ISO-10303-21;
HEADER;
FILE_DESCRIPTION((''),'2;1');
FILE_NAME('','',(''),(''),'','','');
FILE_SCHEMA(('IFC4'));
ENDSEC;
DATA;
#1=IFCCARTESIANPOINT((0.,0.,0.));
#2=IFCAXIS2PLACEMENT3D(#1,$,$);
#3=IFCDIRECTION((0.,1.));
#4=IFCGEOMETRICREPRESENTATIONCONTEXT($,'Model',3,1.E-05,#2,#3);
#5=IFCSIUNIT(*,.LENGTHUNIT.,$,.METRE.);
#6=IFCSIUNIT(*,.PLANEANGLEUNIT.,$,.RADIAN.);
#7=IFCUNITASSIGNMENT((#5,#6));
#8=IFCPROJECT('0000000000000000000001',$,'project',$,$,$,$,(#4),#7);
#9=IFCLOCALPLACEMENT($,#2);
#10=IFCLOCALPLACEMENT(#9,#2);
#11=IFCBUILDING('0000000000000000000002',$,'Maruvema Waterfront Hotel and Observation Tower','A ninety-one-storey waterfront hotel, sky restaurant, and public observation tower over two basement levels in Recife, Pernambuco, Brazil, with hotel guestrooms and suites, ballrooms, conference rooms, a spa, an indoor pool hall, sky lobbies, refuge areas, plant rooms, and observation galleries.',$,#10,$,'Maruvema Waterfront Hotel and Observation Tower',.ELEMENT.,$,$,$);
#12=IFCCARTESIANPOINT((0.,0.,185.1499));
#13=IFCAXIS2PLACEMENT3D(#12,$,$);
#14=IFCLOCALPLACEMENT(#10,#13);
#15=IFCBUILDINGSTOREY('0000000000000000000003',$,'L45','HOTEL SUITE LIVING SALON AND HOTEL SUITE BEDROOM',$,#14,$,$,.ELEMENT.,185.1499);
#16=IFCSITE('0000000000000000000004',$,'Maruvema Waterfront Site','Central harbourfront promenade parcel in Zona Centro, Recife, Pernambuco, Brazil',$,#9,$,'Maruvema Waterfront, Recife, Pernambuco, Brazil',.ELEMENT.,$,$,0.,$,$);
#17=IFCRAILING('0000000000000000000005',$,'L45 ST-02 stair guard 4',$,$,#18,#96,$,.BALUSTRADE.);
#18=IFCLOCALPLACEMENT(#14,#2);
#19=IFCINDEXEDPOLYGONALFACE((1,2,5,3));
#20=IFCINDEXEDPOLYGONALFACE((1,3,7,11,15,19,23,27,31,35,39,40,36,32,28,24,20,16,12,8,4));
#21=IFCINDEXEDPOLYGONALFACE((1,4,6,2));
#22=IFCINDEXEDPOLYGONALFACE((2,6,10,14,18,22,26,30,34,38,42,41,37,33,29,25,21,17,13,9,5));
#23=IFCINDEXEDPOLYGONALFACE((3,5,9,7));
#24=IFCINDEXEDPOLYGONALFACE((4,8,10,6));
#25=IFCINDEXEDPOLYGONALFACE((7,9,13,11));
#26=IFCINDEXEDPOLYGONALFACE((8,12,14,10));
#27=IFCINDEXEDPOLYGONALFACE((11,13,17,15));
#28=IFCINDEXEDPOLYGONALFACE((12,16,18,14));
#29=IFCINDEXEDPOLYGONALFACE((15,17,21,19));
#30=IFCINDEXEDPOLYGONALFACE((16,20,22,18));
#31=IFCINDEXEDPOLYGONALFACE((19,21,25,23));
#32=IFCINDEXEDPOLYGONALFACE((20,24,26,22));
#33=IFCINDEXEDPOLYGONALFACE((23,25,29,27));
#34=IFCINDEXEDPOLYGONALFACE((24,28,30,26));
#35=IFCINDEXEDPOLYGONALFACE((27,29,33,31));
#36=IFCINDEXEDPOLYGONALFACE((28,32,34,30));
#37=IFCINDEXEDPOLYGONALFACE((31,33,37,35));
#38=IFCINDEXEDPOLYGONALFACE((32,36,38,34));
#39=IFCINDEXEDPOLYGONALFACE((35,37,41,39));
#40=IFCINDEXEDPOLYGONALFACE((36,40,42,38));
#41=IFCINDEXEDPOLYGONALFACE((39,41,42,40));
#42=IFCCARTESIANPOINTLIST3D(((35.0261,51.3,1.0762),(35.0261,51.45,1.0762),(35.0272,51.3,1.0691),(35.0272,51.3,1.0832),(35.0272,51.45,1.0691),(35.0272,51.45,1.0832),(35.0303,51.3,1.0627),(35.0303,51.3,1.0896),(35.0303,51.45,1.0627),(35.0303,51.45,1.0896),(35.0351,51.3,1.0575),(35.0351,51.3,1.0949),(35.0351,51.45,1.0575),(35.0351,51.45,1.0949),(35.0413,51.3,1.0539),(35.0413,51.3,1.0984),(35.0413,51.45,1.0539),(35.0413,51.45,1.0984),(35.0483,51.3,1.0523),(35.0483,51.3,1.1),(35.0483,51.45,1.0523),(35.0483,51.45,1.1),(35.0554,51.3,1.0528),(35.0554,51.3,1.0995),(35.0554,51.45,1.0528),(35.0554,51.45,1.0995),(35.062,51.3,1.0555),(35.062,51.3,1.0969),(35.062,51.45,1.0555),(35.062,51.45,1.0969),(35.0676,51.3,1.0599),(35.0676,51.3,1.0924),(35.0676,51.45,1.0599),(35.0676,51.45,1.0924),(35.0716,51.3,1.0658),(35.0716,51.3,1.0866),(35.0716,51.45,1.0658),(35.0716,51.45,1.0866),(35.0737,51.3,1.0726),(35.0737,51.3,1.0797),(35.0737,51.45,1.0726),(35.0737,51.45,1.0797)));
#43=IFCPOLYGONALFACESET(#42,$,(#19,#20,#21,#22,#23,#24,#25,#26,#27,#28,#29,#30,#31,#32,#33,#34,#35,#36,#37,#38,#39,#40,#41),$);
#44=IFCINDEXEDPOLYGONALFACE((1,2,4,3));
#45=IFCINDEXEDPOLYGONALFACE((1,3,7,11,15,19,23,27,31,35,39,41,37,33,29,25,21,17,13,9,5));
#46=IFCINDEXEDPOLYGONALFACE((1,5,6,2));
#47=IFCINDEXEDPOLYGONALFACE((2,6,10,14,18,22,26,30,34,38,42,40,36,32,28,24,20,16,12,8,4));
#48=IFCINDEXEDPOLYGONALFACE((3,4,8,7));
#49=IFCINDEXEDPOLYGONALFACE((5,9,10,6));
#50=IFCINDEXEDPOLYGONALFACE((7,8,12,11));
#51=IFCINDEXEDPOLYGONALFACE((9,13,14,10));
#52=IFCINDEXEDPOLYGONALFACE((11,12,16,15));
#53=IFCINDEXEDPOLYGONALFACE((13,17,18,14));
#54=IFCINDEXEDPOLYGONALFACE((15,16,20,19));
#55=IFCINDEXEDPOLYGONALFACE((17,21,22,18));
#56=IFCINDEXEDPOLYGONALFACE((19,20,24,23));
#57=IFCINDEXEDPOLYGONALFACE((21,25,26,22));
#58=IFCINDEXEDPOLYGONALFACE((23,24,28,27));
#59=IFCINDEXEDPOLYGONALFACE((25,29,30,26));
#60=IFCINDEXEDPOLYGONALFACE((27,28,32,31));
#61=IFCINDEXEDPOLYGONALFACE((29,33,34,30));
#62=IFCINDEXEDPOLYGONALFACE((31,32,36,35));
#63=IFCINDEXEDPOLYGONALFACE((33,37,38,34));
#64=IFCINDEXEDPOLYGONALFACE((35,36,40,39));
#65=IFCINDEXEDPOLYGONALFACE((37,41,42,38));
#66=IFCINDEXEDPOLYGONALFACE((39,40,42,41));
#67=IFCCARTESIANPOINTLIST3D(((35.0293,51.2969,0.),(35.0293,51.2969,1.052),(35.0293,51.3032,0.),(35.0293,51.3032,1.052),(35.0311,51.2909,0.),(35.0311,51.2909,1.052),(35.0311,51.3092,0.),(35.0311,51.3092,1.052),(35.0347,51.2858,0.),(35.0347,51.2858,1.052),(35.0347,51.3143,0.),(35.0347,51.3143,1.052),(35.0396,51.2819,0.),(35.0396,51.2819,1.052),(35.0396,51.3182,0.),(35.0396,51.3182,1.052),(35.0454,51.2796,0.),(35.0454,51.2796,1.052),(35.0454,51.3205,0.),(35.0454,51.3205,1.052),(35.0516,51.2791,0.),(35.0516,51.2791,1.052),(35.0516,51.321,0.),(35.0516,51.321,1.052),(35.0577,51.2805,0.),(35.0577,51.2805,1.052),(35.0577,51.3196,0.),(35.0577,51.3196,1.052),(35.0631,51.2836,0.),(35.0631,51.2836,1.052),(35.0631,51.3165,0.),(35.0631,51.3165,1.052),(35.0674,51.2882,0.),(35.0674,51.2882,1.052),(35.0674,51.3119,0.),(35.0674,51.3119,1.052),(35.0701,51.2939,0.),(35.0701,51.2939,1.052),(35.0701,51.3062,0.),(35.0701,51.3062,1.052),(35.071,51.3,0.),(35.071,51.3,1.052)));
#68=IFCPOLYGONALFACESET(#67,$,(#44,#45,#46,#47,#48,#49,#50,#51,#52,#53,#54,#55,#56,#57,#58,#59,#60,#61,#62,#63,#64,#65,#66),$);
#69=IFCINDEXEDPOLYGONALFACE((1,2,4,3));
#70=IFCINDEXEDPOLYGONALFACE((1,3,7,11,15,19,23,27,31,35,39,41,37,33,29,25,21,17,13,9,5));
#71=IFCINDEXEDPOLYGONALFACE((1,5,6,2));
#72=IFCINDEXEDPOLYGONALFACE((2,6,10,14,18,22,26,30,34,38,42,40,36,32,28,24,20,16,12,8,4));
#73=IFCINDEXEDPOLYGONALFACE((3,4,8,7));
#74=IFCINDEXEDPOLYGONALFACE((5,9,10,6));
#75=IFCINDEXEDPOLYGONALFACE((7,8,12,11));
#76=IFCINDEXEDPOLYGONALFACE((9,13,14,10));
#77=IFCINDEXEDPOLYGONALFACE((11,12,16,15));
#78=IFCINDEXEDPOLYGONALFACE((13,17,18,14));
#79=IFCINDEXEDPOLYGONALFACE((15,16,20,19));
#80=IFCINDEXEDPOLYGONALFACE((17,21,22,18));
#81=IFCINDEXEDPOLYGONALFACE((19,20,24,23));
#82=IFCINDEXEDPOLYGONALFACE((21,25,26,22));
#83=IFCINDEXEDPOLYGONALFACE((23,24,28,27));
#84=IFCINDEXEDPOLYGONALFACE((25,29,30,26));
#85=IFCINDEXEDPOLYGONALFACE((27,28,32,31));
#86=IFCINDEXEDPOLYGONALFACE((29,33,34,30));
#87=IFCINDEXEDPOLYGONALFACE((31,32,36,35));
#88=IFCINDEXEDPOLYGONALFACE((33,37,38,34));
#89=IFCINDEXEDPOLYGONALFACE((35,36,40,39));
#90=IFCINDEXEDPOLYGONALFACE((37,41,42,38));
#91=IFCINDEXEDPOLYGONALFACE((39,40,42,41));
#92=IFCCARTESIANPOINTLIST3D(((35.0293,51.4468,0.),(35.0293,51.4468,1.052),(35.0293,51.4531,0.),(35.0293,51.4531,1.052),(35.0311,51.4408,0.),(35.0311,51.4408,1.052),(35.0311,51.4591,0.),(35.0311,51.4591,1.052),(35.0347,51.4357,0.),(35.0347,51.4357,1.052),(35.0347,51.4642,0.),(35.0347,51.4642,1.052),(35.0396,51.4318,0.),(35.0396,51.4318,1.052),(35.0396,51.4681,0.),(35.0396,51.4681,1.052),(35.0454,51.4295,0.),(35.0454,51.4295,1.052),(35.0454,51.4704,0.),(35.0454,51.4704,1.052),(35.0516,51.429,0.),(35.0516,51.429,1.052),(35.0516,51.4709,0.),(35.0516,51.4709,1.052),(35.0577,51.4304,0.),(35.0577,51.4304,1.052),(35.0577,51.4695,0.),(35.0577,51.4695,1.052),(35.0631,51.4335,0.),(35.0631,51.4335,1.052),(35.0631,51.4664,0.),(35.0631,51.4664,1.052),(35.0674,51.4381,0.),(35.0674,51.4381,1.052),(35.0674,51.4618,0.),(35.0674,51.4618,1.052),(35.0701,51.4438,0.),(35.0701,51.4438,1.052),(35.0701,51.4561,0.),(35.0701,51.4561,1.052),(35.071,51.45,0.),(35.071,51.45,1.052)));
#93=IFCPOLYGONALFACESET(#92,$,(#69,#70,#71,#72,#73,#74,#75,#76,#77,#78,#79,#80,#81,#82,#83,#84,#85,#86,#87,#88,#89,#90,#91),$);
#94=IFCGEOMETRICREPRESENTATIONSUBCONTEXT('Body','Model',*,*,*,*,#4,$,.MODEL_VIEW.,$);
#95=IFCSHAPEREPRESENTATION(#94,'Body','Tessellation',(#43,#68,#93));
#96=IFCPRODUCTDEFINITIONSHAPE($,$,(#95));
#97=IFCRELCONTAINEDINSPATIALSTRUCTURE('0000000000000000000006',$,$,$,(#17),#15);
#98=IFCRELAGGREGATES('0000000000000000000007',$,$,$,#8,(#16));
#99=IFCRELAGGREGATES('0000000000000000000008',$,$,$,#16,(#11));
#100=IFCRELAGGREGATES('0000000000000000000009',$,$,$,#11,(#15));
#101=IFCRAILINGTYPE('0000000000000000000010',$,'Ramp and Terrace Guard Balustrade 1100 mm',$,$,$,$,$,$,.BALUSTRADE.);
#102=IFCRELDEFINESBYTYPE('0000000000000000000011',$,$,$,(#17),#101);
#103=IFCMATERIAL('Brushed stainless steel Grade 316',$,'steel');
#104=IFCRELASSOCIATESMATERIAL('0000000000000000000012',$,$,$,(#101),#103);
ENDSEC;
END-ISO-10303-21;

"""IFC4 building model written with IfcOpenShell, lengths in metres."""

from ifc_helpers import new_model, si_unit, direction, frame, origin, origin_2d, place, context, subcontext, project, spatial, circle, extrude, material, type_object, element, save


model = new_model("IFC4")

# Units and contexts
model_context = context("Model", 3, precision=1e-05, world=origin(), true_north=direction((0.0, 1.0)))
body_context = subcontext(model_context, "Body", "Model", "MODEL_VIEW")
ifc_project = project(units=[si_unit("LENGTHUNIT", "METRE"), si_unit("PLANEANGLEUNIT", "RADIAN")], contexts=[model_context])

# Site, building, storey
site_placement = place(None, origin())
site = spatial("IfcSite", under=ifc_project, at=site_placement, Name="Maruvema Waterfront Site", Description="Central harbourfront promenade parcel in Zona Centro, Recife, Pernambuco, Brazil", LongName="Maruvema Waterfront, Recife, Pernambuco, Brazil", CompositionType="ELEMENT", RefElevation=0.0)
building_placement = place(site_placement, origin())
building = spatial("IfcBuilding", under=site, at=building_placement, Name="Maruvema Waterfront Hotel and Observation Tower", Description="A ninety-one-storey waterfront hotel, sky restaurant, and public observation tower over two basement levels in Recife, Pernambuco, Brazil, with hotel guestrooms and suites, ballrooms, conference rooms, a spa, an indoor pool hall, sky lobbies, refuge areas, plant rooms, and observation galleries.", LongName="Maruvema Waterfront Hotel and Observation Tower", CompositionType="ELEMENT")
storey_placement = place(building_placement, frame((0.0, 0.0, 185.1499)))
storey = spatial("IfcBuildingStorey", under=building, at=storey_placement, Name="L45", Description="HOTEL SUITE LIVING SALON AND HOTEL SUITE BEDROOM", CompositionType="ELEMENT", Elevation=185.1499)

# Railing
ifc_material_1 = material(Name="Brushed stainless steel Grade 316", Category="steel")
railing_type_1 = type_object("IfcRailingType", Name="Ramp and Terrace Guard Balustrade 1100 mm", PredefinedType="BALUSTRADE", material=ifc_material_1)
railing_1_placement = place(storey_placement, frame((35.05, 51.3, 0.0)))
element("IfcRailing", 1, at=railing_1_placement, inside=storey, type_object=railing_type_1, Name="L45 ST-02 stair guard 4", PredefinedType="BALUSTRADE", context=body_context, shape_type="SweptSolid", body=[
    extrude(circle(Radius=0.0239, at=origin_2d()), frame((0.0, 0.0, 1.0762), z_axis=(0.0, 1.0, 0.0), x_axis=(-1.0, 0.0, 0.0)), (0.0, 0.0, 1.0), 0.1499),
    extrude(circle(Radius=0.021, at=origin_2d()), origin(), (0.0, 0.0, 1.0), 1.052),
    extrude(circle(Radius=0.021, at=origin_2d()), frame((0.0, 0.1499, 0.0)), (0.0, 0.0, 1.0), 1.052),
])

save(model, "model.ifc")
